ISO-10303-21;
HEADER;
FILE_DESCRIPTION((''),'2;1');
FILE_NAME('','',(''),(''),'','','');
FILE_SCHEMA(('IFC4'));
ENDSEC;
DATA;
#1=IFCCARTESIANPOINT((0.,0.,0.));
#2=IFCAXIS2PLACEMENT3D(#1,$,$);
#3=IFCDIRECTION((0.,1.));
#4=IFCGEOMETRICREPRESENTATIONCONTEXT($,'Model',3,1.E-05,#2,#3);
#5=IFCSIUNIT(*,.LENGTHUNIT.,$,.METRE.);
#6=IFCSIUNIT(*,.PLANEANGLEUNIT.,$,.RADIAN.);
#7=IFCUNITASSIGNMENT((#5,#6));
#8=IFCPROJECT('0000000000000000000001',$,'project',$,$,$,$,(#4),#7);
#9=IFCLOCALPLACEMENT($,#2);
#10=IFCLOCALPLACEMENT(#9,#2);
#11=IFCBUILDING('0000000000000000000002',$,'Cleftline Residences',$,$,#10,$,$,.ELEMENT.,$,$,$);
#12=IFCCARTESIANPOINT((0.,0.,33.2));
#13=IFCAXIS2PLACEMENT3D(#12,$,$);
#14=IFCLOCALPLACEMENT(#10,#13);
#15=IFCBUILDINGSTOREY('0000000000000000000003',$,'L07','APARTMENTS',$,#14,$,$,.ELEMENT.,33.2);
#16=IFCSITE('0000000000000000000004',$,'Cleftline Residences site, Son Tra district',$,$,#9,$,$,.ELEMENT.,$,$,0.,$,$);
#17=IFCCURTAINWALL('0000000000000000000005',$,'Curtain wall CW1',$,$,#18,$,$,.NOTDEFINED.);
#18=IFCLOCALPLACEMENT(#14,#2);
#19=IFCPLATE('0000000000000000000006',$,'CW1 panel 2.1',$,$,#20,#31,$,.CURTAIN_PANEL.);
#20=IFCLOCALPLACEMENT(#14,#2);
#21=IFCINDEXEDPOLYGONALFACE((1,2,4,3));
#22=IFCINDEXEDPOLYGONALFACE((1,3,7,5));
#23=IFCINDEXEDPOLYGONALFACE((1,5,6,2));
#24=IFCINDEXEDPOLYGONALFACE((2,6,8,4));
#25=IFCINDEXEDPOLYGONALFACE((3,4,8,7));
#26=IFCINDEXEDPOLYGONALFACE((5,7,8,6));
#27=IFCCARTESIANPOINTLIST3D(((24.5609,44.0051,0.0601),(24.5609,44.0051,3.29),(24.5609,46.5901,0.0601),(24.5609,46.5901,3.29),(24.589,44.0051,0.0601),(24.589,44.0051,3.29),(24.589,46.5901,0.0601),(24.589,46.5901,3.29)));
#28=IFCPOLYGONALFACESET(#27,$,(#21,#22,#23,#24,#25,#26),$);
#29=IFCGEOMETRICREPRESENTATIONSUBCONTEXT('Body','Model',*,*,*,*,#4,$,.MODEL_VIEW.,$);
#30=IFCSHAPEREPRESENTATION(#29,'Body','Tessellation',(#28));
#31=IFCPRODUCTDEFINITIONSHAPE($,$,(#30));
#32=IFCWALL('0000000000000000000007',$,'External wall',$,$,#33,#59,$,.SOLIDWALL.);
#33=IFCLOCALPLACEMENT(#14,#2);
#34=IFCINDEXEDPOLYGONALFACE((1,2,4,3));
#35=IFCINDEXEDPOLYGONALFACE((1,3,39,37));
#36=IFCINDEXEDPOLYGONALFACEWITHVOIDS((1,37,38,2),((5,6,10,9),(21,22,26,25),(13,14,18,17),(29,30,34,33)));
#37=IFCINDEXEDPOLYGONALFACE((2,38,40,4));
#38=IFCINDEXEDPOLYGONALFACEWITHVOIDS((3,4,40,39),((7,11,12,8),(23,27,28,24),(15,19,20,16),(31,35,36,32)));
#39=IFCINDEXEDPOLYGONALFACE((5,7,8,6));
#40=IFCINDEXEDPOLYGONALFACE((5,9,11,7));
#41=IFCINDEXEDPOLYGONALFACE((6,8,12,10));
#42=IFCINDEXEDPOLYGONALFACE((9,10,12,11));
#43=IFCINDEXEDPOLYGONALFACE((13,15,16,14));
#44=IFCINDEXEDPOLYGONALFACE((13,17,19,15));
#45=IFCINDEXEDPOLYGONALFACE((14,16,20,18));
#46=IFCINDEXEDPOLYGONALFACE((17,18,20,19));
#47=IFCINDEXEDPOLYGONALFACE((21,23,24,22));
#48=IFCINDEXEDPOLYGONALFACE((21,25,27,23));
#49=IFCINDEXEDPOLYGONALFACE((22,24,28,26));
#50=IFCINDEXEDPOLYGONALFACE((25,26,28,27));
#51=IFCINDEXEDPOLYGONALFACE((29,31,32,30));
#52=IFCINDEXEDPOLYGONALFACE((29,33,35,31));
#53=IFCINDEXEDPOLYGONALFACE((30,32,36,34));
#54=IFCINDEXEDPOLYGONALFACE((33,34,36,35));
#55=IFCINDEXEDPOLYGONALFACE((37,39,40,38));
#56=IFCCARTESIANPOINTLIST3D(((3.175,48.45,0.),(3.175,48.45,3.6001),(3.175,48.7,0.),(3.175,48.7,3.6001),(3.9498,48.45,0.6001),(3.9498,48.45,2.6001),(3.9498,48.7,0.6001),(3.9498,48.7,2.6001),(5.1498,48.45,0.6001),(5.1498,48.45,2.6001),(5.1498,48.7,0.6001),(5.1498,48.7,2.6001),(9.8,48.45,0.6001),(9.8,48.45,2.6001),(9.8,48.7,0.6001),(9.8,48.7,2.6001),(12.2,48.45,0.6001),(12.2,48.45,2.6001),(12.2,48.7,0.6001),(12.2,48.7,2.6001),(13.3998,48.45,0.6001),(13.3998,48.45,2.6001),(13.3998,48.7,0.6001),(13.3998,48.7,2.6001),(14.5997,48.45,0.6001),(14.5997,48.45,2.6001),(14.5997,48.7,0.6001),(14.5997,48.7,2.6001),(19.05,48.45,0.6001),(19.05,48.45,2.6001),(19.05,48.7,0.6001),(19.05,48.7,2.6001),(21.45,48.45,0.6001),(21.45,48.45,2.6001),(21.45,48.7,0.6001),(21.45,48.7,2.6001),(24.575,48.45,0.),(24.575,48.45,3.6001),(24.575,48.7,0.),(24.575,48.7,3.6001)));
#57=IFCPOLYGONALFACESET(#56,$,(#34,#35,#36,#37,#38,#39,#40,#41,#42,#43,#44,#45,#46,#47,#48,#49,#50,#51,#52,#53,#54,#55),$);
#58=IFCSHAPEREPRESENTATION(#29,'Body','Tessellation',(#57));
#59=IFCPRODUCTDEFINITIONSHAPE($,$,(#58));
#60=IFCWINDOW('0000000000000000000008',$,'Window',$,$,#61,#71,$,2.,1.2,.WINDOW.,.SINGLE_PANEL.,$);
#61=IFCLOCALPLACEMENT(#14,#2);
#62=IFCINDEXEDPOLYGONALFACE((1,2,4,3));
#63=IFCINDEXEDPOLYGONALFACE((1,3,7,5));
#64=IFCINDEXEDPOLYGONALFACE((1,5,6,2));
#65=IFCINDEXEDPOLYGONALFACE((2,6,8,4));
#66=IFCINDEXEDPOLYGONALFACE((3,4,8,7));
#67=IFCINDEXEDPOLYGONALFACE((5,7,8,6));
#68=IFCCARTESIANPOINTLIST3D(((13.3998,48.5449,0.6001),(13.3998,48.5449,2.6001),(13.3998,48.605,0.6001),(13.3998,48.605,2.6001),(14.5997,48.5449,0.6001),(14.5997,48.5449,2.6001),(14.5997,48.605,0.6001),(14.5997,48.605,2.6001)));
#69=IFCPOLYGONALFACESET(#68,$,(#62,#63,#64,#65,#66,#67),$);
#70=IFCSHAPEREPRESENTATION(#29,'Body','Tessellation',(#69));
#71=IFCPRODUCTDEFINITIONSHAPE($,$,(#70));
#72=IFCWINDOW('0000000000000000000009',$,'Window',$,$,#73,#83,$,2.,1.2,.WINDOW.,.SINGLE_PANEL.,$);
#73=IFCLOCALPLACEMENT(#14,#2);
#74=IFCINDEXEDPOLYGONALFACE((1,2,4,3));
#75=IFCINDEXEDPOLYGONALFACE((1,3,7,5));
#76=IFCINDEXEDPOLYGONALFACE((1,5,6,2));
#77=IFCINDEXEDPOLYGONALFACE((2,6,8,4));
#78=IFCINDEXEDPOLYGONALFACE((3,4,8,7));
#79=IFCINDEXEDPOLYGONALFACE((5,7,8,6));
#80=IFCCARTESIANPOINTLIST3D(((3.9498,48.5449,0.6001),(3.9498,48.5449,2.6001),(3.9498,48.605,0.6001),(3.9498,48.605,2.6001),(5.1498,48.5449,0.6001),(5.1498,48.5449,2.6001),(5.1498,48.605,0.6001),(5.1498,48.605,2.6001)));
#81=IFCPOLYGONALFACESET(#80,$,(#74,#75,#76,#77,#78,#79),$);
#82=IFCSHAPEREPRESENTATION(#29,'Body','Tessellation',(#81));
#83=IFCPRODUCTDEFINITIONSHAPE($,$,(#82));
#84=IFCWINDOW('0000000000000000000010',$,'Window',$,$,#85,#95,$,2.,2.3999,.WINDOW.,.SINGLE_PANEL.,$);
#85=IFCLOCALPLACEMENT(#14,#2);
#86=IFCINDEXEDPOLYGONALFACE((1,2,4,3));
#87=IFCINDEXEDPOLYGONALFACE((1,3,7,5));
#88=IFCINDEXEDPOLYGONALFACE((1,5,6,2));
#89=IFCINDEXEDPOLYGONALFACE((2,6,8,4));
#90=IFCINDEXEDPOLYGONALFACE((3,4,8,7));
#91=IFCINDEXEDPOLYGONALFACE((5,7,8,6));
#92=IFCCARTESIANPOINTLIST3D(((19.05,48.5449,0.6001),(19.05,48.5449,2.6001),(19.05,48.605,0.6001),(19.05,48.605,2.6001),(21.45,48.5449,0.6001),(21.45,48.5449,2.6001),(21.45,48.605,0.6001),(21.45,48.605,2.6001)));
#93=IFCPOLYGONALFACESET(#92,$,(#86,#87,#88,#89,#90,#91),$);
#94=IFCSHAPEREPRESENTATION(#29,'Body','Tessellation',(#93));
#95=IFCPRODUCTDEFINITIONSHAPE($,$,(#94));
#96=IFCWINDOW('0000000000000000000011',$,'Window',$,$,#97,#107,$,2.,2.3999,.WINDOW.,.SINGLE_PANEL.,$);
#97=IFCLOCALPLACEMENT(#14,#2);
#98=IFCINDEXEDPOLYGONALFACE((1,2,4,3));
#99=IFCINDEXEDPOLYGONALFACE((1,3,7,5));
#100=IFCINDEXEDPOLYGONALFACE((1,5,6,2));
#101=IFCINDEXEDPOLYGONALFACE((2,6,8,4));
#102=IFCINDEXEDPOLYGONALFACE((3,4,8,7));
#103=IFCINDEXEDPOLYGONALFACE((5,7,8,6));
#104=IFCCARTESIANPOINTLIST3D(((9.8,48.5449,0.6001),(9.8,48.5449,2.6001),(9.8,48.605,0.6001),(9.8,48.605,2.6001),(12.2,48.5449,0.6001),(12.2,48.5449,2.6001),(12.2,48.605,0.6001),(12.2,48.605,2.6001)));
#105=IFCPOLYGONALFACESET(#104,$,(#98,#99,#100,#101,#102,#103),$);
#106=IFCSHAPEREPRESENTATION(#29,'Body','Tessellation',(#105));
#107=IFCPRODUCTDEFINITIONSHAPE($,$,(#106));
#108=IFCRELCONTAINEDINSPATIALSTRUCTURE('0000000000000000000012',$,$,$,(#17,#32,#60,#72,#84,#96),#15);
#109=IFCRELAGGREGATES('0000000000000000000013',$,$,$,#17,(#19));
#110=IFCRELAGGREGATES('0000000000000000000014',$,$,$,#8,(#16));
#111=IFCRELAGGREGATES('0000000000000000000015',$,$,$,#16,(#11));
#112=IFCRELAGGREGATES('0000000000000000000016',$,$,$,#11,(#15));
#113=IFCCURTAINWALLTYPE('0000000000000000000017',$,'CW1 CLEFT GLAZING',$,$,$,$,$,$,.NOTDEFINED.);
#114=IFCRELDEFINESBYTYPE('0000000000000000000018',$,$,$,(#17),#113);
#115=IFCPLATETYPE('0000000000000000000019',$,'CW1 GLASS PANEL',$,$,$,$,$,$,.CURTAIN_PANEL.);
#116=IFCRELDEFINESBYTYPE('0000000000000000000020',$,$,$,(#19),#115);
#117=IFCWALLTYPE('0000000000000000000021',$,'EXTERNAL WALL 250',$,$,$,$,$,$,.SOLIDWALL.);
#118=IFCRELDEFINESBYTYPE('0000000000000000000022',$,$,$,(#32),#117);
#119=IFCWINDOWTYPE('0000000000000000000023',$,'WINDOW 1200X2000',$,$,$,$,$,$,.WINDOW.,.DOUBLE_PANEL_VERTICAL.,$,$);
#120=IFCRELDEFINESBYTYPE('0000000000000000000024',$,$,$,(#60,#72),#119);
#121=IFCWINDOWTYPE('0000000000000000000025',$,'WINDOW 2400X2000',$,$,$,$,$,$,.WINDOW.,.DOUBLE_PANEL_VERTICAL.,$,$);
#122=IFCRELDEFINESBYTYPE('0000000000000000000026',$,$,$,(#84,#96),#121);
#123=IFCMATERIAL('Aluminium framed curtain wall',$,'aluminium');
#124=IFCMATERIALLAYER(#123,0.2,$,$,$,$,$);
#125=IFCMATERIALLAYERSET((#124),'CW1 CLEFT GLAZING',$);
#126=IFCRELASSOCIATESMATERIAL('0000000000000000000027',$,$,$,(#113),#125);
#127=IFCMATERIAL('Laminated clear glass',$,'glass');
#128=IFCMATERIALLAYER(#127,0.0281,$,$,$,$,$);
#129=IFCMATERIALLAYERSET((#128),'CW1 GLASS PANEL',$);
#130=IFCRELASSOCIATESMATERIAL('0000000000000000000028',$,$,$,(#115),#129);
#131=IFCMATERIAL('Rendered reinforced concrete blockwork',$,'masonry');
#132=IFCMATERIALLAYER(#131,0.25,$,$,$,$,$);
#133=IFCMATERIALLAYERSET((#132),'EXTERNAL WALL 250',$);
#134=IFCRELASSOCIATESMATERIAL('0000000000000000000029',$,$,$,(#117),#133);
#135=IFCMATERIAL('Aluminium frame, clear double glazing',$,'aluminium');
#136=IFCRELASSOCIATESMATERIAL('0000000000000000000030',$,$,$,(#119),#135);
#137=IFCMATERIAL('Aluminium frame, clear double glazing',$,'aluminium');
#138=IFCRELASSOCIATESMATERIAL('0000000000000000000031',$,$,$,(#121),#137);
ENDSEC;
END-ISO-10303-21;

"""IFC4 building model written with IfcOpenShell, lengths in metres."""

from ifc_helpers import new_model, si_unit, direction, frame, frame_2d, origin, origin_2d, place, context, subcontext, project, spatial, rectangle, extrude, material, layer, layer_set, type_object, element, fill, aggregate, save


model = new_model("IFC4")

# Units and contexts
model_context = context("Model", 3, precision=1e-05, world=origin(), true_north=direction((0.0, 1.0)))
body_context = subcontext(model_context, "Body", "Model", "MODEL_VIEW")
ifc_project = project(units=[si_unit("LENGTHUNIT", "METRE"), si_unit("PLANEANGLEUNIT", "RADIAN")], contexts=[model_context])

# Site, building, storey
site_placement = place(None, origin())
site = spatial("IfcSite", under=ifc_project, at=site_placement, Name="Cleftline Residences site, Son Tra district", CompositionType="ELEMENT", RefElevation=0.0)
building_placement = place(site_placement, origin())
building = spatial("IfcBuilding", under=site, at=building_placement, Name="Cleftline Residences", CompositionType="ELEMENT")
storey_placement = place(building_placement, frame((0.0, 0.0, 33.2)))
storey = spatial("IfcBuildingStorey", under=building, at=storey_placement, Name="L07", Description="APARTMENTS", CompositionType="ELEMENT", Elevation=33.2)

# Shared definitions
ifc_material_1 = material(Name="Aluminium framed curtain wall", Category="aluminium")
ifc_layer_1 = layer(ifc_material_1, 0.2)
ifc_layer_set_1 = layer_set([ifc_layer_1], Name="CW1 CLEFT GLAZING")
curtain_wall_type = type_object("IfcCurtainWallType", Name="CW1 CLEFT GLAZING", PredefinedType="NOTDEFINED", material=ifc_layer_set_1)

# Curtain wall, plate
curtain_wall_1_placement = place(storey_placement, origin())
curtain_wall_1 = element("IfcCurtainWall", 1, at=curtain_wall_1_placement, inside=storey, type_object=curtain_wall_type, Name="Curtain wall CW1", PredefinedType="NOTDEFINED")
ifc_material_2 = material(Name="Laminated clear glass", Category="glass")
ifc_layer_2 = layer(ifc_material_2, 0.0281)
ifc_layer_set_2 = layer_set([ifc_layer_2], Name="CW1 GLASS PANEL")
plate_type = type_object("IfcPlateType", Name="CW1 GLASS PANEL", PredefinedType="CURTAIN_PANEL", material=ifc_layer_set_2)
plate_1_placement = place(storey_placement, frame((24.575, 45.2976, 0.0601), z_axis=(0.0, 0.0, 1.0), x_axis=(0.0, 1.0, 0.0)))
plate_1 = element("IfcPlate", 2, at=plate_1_placement, type_object=plate_type, Name="CW1 panel 2.1", PredefinedType="CURTAIN_PANEL", context=body_context, shape_type="SweptSolid", body=[
    extrude(rectangle(XDim=2.585, YDim=0.0281, at=origin_2d()), origin(), (0.0, 0.0, 1.0), 3.23),
])
aggregate(curtain_wall_1, [plate_1])

# Wall, openings, windows
ifc_material_3 = material(Name="Rendered reinforced concrete blockwork", Category="masonry")
ifc_layer_3 = layer(ifc_material_3, 0.25)
ifc_layer_set_3 = layer_set([ifc_layer_3], Name="EXTERNAL WALL 250")
wall_type = type_object("IfcWallType", Name="EXTERNAL WALL 250", PredefinedType="SOLIDWALL", material=ifc_layer_set_3)
wall_placement = place(storey_placement, frame((24.575, 48.575, 0.0), z_axis=(0.0, 0.0, 1.0), x_axis=(-1.0, 0.0, 0.0)))
wall = element("IfcWall", 3, at=wall_placement, inside=storey, type_object=wall_type, Name="External wall", PredefinedType="SOLIDWALL", context=body_context, shape_type="SweptSolid", body=[
    extrude(rectangle(XDim=21.3999, YDim=0.25, at=frame_2d((10.7, 0.0))), origin(), (0.0, 0.0, 1.0), 3.6001),
])
opening_1_placement = place(wall_placement, frame((3.125, 0.0, 0.6001)))
opening_1 = element("IfcOpeningElement", 4, at=opening_1_placement, cuts=wall, PredefinedType="OPENING", context=body_context, shape_type="SweptSolid", body=[
    extrude(rectangle(XDim=2.3999, YDim=2.0, at=frame_2d((1.2, 1.0))), frame((0.0, 0.135, 0.0), z_axis=(0.0, -1.0, 0.0), x_axis=(1.0, 0.0, 0.0)), (0.0, 0.0, 1.0), 0.27),
])
opening_2_placement = place(wall_placement, frame((9.9751, 0.0, 0.6001)))
opening_2 = element("IfcOpeningElement", 5, at=opening_2_placement, cuts=wall, PredefinedType="OPENING", context=body_context, shape_type="SweptSolid", body=[
    extrude(rectangle(XDim=1.2, YDim=2.0, at=frame_2d((0.6001, 1.0))), frame((0.0, 0.135, 0.0), z_axis=(0.0, -1.0, 0.0), x_axis=(1.0, 0.0, 0.0)), (0.0, 0.0, 1.0), 0.27),
])
opening_3_placement = place(wall_placement, frame((12.375, 0.0, 0.6001)))
opening_3 = element("IfcOpeningElement", 6, at=opening_3_placement, cuts=wall, PredefinedType="OPENING", context=body_context, shape_type="SweptSolid", body=[
    extrude(rectangle(XDim=2.3999, YDim=2.0, at=frame_2d((1.2, 1.0))), frame((0.0, 0.135, 0.0), z_axis=(0.0, -1.0, 0.0), x_axis=(1.0, 0.0, 0.0)), (0.0, 0.0, 1.0), 0.27),
])
opening_4_placement = place(wall_placement, frame((19.425, 0.0, 0.6001)))
opening_4 = element("IfcOpeningElement", 7, at=opening_4_placement, cuts=wall, PredefinedType="OPENING", context=body_context, shape_type="SweptSolid", body=[
    extrude(rectangle(XDim=1.2, YDim=2.0, at=frame_2d((0.6001, 1.0))), frame((0.0, 0.135, 0.0), z_axis=(0.0, -1.0, 0.0), x_axis=(1.0, 0.0, 0.0)), (0.0, 0.0, 1.0), 0.27),
])
ifc_material_4 = material(Name="Aluminium frame, clear double glazing", Category="aluminium")
window_type_1 = type_object("IfcWindowType", Name="WINDOW 1200X2000", PartitioningType="DOUBLE_PANEL_VERTICAL", PredefinedType="WINDOW", material=ifc_material_4)
window_1_placement = place(opening_2_placement, origin())
window_1 = element("IfcWindow", 8, at=window_1_placement, inside=storey, type_object=window_type_1, Name="Window", OverallHeight=2.0, OverallWidth=1.2, PartitioningType="SINGLE_PANEL", PredefinedType="WINDOW", context=body_context, shape_type="SweptSolid", body=[
    extrude(rectangle(XDim=1.2, YDim=2.0, at=frame_2d((0.6001, 1.0))), frame((0.0, 0.03, 0.0), z_axis=(0.0, -1.0, 0.0), x_axis=(1.0, 0.0, 0.0)), (0.0, 0.0, 1.0), 0.0601),
])
fill(opening_2, window_1)
window_2_placement = place(opening_4_placement, origin())
window_2 = element("IfcWindow", 9, at=window_2_placement, inside=storey, type_object=window_type_1, Name="Window", OverallHeight=2.0, OverallWidth=1.2, PartitioningType="SINGLE_PANEL", PredefinedType="WINDOW", context=body_context, shape_type="SweptSolid", body=[
    extrude(rectangle(XDim=1.2, YDim=2.0, at=frame_2d((0.6001, 1.0))), frame((0.0, 0.03, 0.0), z_axis=(0.0, -1.0, 0.0), x_axis=(1.0, 0.0, 0.0)), (0.0, 0.0, 1.0), 0.0601),
])
fill(opening_4, window_2)
ifc_material_5 = material(Name="Aluminium frame, clear double glazing", Category="aluminium")
window_type_2 = type_object("IfcWindowType", Name="WINDOW 2400X2000", PartitioningType="DOUBLE_PANEL_VERTICAL", PredefinedType="WINDOW", material=ifc_material_5)
window_3_placement = place(opening_1_placement, origin())
window_3 = element("IfcWindow", 10, at=window_3_placement, inside=storey, type_object=window_type_2, Name="Window", OverallHeight=2.0, OverallWidth=2.3999, PartitioningType="SINGLE_PANEL", PredefinedType="WINDOW", context=body_context, shape_type="SweptSolid", body=[
    extrude(rectangle(XDim=2.3999, YDim=2.0, at=frame_2d((1.2, 1.0))), frame((0.0, 0.03, 0.0), z_axis=(0.0, -1.0, 0.0), x_axis=(1.0, 0.0, 0.0)), (0.0, 0.0, 1.0), 0.0601),
])
fill(opening_1, window_3)
window_4_placement = place(opening_3_placement, origin())
window_4 = element("IfcWindow", 11, at=window_4_placement, inside=storey, type_object=window_type_2, Name="Window", OverallHeight=2.0, OverallWidth=2.3999, PartitioningType="SINGLE_PANEL", PredefinedType="WINDOW", context=body_context, shape_type="SweptSolid", body=[
    extrude(rectangle(XDim=2.3999, YDim=2.0, at=frame_2d((1.2, 1.0))), frame((0.0, 0.03, 0.0), z_axis=(0.0, -1.0, 0.0), x_axis=(1.0, 0.0, 0.0)), (0.0, 0.0, 1.0), 0.0601),
])
fill(opening_3, window_4)

save(model, "model.ifc")
